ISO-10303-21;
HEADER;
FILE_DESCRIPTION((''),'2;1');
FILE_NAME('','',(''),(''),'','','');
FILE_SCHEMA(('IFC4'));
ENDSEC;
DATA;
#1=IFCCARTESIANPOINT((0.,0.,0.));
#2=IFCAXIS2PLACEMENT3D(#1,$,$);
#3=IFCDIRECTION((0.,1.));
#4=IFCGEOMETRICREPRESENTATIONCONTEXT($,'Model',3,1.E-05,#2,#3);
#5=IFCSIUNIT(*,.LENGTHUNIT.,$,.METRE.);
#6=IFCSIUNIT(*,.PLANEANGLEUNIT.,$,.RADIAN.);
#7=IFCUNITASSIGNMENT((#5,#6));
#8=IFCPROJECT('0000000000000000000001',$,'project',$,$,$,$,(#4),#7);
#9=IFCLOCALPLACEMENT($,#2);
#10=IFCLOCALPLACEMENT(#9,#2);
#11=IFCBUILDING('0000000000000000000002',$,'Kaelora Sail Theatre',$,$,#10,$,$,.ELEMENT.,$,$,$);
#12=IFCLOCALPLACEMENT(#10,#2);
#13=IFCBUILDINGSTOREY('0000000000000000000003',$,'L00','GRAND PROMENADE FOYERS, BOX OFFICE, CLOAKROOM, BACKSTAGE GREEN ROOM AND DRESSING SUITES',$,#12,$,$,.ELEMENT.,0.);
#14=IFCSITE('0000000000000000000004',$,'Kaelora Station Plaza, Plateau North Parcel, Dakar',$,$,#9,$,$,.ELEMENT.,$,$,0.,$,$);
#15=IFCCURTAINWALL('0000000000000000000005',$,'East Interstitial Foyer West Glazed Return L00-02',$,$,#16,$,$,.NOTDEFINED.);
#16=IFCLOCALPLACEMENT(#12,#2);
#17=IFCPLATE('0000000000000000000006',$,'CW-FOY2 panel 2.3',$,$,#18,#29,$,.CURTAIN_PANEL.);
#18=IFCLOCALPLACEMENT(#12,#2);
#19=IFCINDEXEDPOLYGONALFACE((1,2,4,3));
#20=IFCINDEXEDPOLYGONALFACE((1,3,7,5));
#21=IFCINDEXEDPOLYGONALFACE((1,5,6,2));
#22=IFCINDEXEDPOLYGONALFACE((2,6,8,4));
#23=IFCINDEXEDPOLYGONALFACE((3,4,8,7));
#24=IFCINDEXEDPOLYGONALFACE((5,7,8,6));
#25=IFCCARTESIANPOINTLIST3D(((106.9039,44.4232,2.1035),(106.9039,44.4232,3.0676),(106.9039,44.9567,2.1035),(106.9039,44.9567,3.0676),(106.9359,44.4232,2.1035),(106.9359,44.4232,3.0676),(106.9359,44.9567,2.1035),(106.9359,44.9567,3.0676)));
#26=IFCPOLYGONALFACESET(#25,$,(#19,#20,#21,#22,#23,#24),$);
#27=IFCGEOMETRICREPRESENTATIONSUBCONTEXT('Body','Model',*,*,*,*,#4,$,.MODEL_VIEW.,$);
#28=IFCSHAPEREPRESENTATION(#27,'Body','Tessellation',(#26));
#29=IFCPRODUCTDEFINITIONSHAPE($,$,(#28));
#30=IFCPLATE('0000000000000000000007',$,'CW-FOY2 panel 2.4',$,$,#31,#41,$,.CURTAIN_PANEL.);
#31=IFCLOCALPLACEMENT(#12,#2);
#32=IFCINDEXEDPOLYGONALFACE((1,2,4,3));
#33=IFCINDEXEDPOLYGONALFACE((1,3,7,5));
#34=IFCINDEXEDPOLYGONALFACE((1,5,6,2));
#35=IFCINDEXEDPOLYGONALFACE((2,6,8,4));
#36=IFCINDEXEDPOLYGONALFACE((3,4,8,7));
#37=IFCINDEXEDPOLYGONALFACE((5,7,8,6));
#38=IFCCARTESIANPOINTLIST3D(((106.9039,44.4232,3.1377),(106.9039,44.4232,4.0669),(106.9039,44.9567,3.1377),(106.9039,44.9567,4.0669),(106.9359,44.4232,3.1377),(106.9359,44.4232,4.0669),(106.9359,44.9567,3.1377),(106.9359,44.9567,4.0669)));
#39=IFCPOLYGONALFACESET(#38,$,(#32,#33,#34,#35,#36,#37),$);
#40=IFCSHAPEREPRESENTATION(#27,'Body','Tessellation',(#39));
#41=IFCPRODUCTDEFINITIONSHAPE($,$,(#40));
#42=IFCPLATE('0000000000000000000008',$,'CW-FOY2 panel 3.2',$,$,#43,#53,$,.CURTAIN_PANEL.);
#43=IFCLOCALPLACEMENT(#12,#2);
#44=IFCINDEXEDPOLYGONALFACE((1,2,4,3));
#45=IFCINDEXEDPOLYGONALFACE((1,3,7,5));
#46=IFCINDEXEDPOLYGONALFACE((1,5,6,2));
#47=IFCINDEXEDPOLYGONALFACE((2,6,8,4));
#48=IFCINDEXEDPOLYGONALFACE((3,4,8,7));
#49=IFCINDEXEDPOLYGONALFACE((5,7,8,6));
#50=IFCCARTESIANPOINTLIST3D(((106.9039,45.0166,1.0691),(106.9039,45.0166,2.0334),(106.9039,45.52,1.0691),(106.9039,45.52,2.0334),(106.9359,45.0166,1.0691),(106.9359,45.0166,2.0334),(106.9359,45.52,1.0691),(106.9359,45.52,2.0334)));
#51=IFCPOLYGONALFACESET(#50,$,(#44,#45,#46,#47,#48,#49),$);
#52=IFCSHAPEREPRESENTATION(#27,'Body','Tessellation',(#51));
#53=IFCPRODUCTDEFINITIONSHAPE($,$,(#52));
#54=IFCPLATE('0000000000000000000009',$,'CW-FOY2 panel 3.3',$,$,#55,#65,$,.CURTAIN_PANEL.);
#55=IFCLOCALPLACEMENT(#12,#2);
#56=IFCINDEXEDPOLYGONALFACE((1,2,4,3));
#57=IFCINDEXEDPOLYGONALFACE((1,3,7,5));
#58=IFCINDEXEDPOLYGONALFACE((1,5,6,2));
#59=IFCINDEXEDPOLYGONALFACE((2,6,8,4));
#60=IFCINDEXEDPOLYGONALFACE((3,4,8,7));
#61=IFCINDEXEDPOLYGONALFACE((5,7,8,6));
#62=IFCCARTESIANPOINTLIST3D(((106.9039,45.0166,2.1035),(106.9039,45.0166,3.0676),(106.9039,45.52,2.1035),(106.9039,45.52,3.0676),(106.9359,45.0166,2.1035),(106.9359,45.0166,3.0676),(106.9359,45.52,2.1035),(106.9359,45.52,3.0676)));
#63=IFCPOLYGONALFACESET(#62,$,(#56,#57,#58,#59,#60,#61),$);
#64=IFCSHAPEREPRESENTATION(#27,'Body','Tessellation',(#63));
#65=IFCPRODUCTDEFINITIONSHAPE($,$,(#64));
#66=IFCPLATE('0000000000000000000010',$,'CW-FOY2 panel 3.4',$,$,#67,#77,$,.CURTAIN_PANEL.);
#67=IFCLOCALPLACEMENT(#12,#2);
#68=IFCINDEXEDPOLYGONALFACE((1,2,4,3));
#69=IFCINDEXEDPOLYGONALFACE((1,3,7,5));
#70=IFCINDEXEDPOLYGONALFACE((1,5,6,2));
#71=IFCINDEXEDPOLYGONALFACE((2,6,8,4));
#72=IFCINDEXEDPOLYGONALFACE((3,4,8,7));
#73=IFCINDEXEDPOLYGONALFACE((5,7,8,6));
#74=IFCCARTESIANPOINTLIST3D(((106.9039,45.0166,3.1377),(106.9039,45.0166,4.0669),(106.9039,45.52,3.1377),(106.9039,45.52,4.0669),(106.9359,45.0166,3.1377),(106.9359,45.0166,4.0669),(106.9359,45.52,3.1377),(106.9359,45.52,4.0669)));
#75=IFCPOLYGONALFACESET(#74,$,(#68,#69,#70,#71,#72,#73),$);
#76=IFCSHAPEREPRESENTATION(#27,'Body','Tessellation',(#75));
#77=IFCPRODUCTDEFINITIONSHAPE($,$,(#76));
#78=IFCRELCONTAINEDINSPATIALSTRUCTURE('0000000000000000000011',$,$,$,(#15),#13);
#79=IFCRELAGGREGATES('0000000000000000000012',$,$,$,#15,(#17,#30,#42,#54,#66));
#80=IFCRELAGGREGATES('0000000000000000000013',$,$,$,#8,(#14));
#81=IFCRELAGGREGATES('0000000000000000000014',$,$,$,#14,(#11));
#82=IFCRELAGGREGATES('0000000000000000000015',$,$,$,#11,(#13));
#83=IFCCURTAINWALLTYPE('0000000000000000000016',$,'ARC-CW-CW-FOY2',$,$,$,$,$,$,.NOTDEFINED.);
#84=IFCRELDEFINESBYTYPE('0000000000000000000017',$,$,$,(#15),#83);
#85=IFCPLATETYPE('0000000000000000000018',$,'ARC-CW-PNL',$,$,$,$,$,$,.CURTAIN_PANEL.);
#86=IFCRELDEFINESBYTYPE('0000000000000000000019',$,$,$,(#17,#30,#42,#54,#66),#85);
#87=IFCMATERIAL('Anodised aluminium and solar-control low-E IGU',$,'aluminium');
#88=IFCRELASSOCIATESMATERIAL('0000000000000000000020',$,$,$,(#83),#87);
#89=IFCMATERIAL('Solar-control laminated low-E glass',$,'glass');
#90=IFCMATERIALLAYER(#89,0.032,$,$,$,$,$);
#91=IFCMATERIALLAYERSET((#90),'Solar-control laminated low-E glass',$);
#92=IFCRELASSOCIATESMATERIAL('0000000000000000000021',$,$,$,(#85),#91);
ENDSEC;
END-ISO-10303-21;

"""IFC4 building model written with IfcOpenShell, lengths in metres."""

from ifc_helpers import new_model, si_unit, direction, frame, origin, origin_2d, place, context, subcontext, project, spatial, rectangle, extrude, material, layer, layer_set, type_object, element, aggregate, save


model = new_model("IFC4")

# Units and contexts
model_context = context("Model", 3, precision=1e-05, world=origin(), true_north=direction((0.0, 1.0)))
body_context = subcontext(model_context, "Body", "Model", "MODEL_VIEW")
ifc_project = project(units=[si_unit("LENGTHUNIT", "METRE"), si_unit("PLANEANGLEUNIT", "RADIAN")], contexts=[model_context])

# Site, building, storey
site_placement = place(None, origin())
site = spatial("IfcSite", under=ifc_project, at=site_placement, Name="Kaelora Station Plaza, Plateau North Parcel, Dakar", CompositionType="ELEMENT", RefElevation=0.0)
building_placement = place(site_placement, origin())
building = spatial("IfcBuilding", under=site, at=building_placement, Name="Kaelora Sail Theatre", CompositionType="ELEMENT")
storey_placement = place(building_placement, origin())
storey = spatial("IfcBuildingStorey", under=building, at=storey_placement, Name="L00", Description="GRAND PROMENADE FOYERS, BOX OFFICE, CLOAKROOM, BACKSTAGE GREEN ROOM AND DRESSING SUITES", CompositionType="ELEMENT", Elevation=0.0)

# Curtain wall
ifc_material_1 = material(Name="Anodised aluminium and solar-control low-E IGU", Category="aluminium")
curtain_wall_type = type_object("IfcCurtainWallType", Name="ARC-CW-CW-FOY2", PredefinedType="NOTDEFINED", material=ifc_material_1)
curtain_wall_1_placement = place(storey_placement, origin())
curtain_wall_1 = element("IfcCurtainWall", 1, at=curtain_wall_1_placement, inside=storey, type_object=curtain_wall_type, Name="East Interstitial Foyer West Glazed Return L00-02", PredefinedType="NOTDEFINED")

# Shared definitions
ifc_material_2 = material(Name="Solar-control laminated low-E glass", Category="glass")
ifc_layer = layer(ifc_material_2, 0.032)
ifc_layer_set = layer_set([ifc_layer], Name="Solar-control laminated low-E glass")
plate_type = type_object("IfcPlateType", Name="ARC-CW-PNL", PredefinedType="CURTAIN_PANEL", material=ifc_layer_set)

# Plates
plate_1_placement = place(storey_placement, frame((106.9199, 44.6899, 2.1035), z_axis=(0.0, 0.0, 1.0), x_axis=(0.0, 1.0, 0.0)))
plate_1 = element("IfcPlate", 2, at=plate_1_placement, type_object=plate_type, Name="CW-FOY2 panel 2.3", PredefinedType="CURTAIN_PANEL", context=body_context, shape_type="SweptSolid", body=[
    extrude(rectangle(XDim=0.5334, YDim=0.032, at=origin_2d()), origin(), (0.0, 0.0, 1.0), 0.9641),
])
plate_2_placement = place(storey_placement, frame((106.9199, 44.6899, 3.1377), z_axis=(0.0, 0.0, 1.0), x_axis=(0.0, 1.0, 0.0)))
plate_2 = element("IfcPlate", 3, at=plate_2_placement, type_object=plate_type, Name="CW-FOY2 panel 2.4", PredefinedType="CURTAIN_PANEL", context=body_context, shape_type="SweptSolid", body=[
    extrude(rectangle(XDim=0.5334, YDim=0.032, at=origin_2d()), origin(), (0.0, 0.0, 1.0), 0.9292),
])
plate_3_placement = place(storey_placement, frame((106.9199, 45.2683, 1.0691), z_axis=(0.0, 0.0, 1.0), x_axis=(0.0, 1.0, 0.0)))
plate_3 = element("IfcPlate", 4, at=plate_3_placement, type_object=plate_type, Name="CW-FOY2 panel 3.2", PredefinedType="CURTAIN_PANEL", context=body_context, shape_type="SweptSolid", body=[
    extrude(rectangle(XDim=0.5034, YDim=0.032, at=origin_2d()), origin(), (0.0, 0.0, 1.0), 0.9644),
])
plate_4_placement = place(storey_placement, frame((106.9199, 45.2683, 2.1035), z_axis=(0.0, 0.0, 1.0), x_axis=(0.0, 1.0, 0.0)))
plate_4 = element("IfcPlate", 5, at=plate_4_placement, type_object=plate_type, Name="CW-FOY2 panel 3.3", PredefinedType="CURTAIN_PANEL", context=body_context, shape_type="SweptSolid", body=[
    extrude(rectangle(XDim=0.5034, YDim=0.032, at=origin_2d()), origin(), (0.0, 0.0, 1.0), 0.9641),
])
plate_5_placement = place(storey_placement, frame((106.9199, 45.2683, 3.1377), z_axis=(0.0, 0.0, 1.0), x_axis=(0.0, 1.0, 0.0)))
plate_5 = element("IfcPlate", 6, at=plate_5_placement, type_object=plate_type, Name="CW-FOY2 panel 3.4", PredefinedType="CURTAIN_PANEL", context=body_context, shape_type="SweptSolid", body=[
    extrude(rectangle(XDim=0.5034, YDim=0.032, at=origin_2d()), origin(), (0.0, 0.0, 1.0), 0.9292),
])
aggregate(curtain_wall_1, [plate_1, plate_2, plate_3, plate_4, plate_5])

save(model, "model.ifc")
